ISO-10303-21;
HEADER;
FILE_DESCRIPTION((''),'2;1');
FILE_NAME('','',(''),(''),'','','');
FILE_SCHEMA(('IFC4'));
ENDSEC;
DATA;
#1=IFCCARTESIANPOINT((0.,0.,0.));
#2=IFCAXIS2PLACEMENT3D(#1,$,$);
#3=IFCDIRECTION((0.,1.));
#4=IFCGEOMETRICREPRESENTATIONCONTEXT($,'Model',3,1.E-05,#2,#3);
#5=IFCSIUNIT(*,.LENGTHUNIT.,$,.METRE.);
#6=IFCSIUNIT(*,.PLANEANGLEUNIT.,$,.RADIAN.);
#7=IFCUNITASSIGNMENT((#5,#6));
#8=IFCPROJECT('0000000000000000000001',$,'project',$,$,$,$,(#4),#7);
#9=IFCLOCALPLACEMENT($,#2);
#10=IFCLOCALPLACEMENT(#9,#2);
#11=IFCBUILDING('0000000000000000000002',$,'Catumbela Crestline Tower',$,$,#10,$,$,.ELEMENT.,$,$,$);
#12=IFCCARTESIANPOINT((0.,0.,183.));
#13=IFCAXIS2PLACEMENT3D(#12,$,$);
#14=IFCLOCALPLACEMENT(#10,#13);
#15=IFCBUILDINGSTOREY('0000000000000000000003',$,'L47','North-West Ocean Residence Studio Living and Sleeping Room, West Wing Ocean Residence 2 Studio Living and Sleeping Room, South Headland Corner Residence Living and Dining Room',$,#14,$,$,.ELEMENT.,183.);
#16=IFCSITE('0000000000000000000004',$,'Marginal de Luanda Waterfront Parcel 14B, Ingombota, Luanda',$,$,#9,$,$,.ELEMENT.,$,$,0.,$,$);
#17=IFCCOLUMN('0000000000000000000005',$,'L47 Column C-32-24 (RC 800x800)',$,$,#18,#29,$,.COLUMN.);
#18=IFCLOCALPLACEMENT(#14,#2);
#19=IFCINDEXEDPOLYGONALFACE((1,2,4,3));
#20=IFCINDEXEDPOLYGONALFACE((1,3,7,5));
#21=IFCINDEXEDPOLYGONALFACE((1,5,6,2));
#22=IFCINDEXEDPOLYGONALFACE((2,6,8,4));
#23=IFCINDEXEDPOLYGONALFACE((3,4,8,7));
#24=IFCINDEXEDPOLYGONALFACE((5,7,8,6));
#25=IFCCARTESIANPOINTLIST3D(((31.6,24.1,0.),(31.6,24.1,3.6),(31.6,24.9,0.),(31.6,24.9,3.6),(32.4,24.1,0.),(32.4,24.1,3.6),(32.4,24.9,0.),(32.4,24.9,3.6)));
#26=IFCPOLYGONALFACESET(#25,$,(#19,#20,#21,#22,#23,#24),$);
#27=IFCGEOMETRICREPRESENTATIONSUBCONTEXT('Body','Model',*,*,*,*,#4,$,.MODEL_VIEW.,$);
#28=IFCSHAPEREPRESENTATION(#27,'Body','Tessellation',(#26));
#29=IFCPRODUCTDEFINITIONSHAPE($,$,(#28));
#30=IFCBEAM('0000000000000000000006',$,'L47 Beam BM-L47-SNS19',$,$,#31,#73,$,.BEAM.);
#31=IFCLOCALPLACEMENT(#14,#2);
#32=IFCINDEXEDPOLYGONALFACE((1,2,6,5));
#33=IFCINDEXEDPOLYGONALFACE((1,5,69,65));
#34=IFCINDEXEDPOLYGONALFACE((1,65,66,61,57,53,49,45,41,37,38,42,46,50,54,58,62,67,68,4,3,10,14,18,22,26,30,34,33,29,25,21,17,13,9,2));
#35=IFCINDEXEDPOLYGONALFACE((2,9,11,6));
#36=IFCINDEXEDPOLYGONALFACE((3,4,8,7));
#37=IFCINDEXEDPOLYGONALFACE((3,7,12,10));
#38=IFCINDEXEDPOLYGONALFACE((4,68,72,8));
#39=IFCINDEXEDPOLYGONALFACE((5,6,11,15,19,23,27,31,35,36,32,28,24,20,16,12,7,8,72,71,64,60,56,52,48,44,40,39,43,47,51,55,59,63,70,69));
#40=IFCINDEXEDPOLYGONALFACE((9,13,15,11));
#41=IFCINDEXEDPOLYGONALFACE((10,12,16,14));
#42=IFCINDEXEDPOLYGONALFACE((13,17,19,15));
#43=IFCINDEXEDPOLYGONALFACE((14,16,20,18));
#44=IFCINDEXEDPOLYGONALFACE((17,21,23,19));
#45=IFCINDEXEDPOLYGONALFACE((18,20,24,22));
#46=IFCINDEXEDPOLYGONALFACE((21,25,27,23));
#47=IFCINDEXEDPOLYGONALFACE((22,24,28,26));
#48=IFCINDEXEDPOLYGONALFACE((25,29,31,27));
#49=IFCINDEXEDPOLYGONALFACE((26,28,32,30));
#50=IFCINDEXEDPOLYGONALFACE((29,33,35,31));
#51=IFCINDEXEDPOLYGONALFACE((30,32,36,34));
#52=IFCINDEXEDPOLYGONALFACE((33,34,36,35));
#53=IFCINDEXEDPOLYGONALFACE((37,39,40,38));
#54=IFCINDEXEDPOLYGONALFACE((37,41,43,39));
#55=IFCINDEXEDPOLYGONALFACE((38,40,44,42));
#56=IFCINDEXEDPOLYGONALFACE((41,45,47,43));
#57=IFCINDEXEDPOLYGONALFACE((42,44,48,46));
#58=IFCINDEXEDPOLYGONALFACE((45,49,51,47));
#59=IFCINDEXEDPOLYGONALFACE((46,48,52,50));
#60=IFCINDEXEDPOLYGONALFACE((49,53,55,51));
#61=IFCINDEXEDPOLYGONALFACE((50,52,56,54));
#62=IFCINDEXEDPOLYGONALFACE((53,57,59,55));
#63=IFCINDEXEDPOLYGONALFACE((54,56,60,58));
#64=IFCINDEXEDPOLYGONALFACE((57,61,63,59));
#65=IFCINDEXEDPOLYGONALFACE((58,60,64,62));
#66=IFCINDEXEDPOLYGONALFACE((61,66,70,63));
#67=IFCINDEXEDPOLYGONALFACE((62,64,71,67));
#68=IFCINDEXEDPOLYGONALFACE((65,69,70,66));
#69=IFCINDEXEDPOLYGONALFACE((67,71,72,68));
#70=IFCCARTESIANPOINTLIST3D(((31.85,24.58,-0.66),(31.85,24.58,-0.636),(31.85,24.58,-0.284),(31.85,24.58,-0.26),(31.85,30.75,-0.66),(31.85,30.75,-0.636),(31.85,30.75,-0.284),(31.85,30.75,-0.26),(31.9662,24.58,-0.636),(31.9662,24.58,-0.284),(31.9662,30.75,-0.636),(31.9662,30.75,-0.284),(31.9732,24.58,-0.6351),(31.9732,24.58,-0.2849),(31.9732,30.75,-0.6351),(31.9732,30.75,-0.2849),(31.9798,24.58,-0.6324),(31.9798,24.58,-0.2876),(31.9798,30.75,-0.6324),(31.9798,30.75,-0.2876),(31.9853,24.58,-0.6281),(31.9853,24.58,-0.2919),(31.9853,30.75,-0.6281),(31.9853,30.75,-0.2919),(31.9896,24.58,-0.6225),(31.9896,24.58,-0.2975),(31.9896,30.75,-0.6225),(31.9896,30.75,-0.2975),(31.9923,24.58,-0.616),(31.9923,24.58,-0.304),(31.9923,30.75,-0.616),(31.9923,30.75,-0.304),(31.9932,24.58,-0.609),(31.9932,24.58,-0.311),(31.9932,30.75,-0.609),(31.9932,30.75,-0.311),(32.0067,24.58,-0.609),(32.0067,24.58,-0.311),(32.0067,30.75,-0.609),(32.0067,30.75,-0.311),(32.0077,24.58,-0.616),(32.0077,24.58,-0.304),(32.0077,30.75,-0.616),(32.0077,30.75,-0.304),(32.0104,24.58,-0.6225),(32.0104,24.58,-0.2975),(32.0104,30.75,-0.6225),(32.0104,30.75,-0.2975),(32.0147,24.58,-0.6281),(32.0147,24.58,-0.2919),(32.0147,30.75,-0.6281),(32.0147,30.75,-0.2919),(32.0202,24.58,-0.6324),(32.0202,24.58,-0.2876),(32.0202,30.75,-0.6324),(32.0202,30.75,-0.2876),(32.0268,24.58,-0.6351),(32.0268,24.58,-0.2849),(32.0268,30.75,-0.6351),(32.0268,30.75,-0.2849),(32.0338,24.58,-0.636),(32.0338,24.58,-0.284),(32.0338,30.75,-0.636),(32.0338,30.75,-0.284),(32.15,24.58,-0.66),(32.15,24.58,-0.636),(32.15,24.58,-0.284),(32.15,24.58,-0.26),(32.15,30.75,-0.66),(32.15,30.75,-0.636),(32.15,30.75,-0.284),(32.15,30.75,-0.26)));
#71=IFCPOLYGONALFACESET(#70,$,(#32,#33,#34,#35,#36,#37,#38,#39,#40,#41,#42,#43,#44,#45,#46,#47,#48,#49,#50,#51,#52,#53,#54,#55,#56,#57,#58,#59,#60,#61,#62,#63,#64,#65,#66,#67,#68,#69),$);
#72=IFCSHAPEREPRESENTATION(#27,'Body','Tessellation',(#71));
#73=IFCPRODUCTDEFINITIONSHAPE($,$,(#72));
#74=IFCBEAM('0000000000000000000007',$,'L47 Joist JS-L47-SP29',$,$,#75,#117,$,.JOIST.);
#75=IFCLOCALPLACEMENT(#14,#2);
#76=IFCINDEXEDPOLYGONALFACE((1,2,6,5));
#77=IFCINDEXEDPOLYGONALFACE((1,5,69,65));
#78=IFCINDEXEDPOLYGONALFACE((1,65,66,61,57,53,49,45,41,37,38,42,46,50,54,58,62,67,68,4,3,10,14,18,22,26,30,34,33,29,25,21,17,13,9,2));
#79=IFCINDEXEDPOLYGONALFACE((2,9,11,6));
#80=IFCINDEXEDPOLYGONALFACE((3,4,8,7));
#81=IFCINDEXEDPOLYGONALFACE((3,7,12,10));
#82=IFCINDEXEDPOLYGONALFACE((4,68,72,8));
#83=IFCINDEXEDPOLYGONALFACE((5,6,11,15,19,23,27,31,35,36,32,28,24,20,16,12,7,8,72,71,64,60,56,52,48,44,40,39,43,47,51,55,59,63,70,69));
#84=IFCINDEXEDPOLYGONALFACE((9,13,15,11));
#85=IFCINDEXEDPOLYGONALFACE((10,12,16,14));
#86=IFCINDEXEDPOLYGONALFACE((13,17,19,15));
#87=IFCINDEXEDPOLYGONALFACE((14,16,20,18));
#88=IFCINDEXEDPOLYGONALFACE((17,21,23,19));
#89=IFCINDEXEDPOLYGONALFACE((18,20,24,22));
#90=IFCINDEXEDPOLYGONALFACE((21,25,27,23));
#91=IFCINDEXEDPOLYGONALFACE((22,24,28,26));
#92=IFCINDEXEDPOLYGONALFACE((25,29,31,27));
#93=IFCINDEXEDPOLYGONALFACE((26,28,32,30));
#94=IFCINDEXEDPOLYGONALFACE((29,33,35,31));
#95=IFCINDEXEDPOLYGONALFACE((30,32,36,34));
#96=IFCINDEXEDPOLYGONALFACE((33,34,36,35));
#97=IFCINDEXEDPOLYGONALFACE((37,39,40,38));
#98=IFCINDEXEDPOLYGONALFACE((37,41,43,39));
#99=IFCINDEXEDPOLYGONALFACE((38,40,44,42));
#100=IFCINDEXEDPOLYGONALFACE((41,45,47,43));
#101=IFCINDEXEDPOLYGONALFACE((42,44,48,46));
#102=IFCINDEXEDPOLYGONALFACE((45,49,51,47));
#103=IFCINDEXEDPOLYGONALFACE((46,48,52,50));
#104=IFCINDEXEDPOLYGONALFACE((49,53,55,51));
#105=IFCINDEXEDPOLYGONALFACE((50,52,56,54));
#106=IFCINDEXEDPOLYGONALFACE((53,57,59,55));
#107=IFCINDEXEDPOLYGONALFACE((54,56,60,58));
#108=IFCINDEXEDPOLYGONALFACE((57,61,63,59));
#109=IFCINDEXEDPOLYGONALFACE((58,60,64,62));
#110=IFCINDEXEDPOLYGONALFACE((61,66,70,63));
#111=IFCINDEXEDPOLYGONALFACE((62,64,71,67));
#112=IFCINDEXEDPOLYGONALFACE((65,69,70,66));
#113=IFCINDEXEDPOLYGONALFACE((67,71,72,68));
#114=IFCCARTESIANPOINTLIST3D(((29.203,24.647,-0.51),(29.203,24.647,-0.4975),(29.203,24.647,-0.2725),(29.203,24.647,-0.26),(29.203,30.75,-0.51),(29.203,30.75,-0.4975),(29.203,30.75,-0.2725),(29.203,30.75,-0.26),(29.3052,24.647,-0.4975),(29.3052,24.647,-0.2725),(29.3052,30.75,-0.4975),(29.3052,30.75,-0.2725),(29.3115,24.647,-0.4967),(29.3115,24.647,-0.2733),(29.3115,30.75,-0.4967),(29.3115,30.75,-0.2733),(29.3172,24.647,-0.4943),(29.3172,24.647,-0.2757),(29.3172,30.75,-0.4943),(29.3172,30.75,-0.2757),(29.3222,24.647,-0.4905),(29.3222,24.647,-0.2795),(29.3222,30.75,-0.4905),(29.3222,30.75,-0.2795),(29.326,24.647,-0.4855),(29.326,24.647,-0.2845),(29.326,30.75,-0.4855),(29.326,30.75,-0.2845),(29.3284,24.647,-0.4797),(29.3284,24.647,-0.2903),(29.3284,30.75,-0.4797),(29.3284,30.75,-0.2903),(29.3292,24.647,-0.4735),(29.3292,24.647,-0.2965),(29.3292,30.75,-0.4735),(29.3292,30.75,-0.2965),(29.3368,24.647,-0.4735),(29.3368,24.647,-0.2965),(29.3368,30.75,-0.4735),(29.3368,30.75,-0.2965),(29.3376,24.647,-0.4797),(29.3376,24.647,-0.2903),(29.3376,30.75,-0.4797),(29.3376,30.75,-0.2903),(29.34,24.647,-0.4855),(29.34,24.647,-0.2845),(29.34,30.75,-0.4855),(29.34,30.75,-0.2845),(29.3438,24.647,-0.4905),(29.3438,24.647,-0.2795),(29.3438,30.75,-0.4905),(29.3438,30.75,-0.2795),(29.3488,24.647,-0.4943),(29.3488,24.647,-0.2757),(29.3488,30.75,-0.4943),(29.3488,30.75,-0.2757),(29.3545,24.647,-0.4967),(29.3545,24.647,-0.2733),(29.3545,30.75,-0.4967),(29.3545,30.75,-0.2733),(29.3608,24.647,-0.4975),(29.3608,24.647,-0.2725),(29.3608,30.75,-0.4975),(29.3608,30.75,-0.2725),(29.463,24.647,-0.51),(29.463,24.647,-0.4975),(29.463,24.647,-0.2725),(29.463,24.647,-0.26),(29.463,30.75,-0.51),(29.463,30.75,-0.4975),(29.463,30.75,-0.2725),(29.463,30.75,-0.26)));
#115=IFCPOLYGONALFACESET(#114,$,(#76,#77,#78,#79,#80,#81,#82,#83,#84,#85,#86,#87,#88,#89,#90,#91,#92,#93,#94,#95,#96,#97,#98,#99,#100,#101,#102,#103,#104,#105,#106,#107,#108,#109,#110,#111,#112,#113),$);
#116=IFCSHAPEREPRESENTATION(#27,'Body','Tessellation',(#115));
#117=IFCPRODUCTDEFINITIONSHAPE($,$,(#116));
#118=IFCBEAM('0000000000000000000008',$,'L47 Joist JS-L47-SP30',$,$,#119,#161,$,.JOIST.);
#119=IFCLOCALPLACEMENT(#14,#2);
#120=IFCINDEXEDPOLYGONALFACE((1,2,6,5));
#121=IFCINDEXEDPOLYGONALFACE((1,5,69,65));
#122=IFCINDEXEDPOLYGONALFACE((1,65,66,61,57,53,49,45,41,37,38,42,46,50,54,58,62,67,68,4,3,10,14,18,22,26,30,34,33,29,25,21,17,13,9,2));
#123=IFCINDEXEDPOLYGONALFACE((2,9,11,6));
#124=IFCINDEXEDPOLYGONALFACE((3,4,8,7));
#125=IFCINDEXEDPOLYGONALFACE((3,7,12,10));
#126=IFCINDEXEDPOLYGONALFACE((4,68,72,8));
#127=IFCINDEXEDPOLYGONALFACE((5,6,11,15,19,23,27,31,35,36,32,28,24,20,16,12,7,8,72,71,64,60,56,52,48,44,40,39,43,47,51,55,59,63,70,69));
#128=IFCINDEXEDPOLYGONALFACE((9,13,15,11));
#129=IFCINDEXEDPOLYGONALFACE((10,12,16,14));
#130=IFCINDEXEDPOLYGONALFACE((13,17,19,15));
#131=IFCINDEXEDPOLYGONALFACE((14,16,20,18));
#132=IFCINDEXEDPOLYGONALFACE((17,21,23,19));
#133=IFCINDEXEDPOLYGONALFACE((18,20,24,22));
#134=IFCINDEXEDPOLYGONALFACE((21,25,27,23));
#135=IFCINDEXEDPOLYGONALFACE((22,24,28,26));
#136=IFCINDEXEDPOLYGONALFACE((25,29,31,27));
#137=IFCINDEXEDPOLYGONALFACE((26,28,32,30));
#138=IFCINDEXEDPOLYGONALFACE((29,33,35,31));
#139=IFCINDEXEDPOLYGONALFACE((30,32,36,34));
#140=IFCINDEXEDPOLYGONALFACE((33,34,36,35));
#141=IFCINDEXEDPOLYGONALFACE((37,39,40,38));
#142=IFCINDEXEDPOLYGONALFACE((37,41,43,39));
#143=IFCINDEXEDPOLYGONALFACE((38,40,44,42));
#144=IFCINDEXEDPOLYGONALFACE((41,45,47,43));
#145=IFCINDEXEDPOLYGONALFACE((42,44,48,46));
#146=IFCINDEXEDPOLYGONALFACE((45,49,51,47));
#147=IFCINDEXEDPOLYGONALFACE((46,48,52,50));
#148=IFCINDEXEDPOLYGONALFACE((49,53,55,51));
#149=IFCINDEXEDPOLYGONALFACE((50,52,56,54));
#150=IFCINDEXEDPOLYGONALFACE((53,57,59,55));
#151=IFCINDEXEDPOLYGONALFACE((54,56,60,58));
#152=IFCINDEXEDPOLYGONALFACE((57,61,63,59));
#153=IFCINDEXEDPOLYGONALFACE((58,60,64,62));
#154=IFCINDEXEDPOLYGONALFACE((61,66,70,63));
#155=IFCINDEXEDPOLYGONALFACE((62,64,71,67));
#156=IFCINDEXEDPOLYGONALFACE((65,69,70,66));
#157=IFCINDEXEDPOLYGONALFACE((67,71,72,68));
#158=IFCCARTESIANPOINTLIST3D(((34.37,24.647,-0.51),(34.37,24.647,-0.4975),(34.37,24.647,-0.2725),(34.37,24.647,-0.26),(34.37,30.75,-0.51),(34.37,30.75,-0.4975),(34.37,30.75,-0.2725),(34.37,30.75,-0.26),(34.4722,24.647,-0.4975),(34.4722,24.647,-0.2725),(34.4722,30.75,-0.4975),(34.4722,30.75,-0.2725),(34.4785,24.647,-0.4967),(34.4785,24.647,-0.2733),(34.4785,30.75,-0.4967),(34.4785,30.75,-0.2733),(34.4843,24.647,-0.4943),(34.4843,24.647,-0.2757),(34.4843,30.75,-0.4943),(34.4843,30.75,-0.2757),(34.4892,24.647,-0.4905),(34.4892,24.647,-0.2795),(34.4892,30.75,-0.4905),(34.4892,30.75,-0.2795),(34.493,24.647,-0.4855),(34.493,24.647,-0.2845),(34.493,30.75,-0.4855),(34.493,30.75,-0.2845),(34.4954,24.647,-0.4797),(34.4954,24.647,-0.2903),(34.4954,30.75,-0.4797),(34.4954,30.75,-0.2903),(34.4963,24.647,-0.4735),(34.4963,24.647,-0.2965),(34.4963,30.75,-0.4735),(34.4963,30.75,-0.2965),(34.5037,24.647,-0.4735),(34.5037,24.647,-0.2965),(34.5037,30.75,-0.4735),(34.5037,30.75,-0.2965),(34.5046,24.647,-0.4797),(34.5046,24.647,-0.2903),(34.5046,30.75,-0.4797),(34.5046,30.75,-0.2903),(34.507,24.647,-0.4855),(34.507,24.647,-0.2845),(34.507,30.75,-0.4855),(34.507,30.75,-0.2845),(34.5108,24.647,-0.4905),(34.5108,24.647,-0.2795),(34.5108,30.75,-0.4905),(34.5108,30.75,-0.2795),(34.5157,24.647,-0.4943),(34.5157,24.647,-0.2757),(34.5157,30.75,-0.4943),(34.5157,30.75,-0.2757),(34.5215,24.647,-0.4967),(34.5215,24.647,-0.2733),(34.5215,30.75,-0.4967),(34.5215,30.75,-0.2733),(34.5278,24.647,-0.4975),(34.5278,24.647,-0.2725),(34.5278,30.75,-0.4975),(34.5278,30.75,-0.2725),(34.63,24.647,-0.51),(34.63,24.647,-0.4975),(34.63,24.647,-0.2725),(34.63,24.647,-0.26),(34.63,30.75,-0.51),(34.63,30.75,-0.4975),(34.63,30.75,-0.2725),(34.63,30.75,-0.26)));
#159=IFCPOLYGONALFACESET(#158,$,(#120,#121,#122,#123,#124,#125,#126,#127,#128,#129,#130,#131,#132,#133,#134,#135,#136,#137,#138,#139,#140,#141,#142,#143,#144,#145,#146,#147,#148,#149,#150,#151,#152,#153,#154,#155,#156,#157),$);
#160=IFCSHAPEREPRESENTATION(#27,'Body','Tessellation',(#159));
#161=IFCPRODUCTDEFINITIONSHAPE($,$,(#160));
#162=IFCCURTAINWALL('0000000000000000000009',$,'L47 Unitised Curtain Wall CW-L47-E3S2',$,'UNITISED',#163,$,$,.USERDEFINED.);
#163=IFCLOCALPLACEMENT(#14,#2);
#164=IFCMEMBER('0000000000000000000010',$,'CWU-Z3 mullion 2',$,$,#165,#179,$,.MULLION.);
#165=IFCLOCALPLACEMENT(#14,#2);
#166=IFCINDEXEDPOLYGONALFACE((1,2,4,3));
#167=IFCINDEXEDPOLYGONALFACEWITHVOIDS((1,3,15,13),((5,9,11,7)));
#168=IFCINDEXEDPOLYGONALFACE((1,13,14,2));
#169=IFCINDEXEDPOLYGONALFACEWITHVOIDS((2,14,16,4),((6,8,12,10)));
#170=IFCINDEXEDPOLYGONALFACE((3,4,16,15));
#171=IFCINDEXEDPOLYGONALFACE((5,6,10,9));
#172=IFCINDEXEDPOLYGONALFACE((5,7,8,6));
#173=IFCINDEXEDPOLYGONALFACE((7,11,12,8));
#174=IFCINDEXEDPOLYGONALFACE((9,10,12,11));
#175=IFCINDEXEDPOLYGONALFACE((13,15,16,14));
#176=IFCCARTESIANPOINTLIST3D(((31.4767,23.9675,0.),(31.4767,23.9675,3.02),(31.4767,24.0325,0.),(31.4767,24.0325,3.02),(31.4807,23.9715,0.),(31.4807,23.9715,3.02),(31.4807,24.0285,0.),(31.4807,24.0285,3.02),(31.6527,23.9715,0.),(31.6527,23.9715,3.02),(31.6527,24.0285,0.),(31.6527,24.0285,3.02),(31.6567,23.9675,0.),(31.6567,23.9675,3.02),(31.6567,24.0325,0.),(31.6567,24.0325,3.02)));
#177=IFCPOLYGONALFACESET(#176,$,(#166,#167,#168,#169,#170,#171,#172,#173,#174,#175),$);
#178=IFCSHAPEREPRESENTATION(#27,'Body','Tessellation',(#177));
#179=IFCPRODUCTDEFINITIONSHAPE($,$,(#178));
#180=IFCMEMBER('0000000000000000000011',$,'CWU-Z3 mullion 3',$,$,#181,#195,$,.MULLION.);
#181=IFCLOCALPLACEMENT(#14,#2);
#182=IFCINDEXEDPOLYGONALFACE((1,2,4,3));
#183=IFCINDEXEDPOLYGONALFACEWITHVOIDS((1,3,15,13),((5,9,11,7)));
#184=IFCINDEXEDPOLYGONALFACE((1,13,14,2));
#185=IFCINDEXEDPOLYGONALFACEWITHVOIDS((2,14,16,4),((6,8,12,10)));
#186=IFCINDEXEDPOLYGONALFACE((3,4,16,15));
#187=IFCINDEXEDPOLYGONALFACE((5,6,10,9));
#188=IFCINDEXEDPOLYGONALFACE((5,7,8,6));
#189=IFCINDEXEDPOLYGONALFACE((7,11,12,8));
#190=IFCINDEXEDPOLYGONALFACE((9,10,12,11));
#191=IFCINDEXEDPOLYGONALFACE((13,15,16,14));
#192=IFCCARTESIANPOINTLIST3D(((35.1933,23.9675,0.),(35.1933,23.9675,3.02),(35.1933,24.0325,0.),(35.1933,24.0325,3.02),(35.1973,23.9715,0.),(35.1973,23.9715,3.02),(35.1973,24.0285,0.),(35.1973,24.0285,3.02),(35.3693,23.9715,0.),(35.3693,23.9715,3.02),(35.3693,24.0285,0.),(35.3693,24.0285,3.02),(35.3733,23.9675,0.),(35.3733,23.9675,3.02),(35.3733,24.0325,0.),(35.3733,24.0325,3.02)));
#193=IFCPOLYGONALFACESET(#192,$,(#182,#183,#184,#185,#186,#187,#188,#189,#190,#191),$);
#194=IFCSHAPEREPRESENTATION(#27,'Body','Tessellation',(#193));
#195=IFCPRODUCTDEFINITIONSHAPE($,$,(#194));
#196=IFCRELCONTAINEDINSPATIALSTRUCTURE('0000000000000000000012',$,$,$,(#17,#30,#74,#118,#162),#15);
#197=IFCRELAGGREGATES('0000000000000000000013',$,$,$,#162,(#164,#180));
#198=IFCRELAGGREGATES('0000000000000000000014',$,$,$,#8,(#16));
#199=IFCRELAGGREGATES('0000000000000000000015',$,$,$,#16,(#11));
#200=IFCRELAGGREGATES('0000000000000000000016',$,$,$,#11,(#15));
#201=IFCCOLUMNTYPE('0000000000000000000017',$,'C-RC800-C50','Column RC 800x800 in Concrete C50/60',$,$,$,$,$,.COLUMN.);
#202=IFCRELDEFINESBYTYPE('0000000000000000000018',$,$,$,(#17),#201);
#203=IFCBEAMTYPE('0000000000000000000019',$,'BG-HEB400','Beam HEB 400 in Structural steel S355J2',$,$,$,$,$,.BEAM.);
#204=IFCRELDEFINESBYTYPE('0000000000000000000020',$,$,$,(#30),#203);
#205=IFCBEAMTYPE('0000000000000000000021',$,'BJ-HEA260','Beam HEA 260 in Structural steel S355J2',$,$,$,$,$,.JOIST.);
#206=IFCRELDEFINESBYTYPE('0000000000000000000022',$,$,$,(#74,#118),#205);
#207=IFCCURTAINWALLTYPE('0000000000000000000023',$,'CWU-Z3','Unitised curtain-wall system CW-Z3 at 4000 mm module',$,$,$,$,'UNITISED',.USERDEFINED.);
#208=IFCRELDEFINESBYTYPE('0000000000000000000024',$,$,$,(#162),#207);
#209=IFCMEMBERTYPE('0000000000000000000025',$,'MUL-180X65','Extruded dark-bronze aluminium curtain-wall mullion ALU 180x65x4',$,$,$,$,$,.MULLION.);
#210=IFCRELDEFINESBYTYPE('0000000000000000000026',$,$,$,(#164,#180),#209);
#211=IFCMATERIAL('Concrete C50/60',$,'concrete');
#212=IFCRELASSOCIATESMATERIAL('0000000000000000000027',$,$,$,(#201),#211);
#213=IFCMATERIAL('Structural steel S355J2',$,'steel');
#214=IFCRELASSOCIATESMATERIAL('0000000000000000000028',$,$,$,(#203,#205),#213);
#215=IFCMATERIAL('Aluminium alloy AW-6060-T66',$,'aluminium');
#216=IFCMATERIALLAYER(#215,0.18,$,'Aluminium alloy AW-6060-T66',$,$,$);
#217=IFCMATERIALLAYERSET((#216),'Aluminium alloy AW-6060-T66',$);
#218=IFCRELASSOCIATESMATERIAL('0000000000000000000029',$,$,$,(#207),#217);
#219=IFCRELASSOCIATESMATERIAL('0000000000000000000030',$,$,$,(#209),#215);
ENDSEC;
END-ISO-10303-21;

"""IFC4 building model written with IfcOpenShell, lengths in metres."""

from ifc_helpers import new_model, si_unit, direction, frame, origin, origin_2d, place, context, subcontext, project, spatial, rectangle, hollow_rectangle, i_section, extrude, material, layer, layer_set, material_profile, profile_set, type_object, element, aggregate, save


model = new_model("IFC4")

# Units and contexts
model_context = context("Model", 3, precision=1e-05, world=origin(), true_north=direction((0.0, 1.0)))
body_context = subcontext(model_context, "Body", "Model", "MODEL_VIEW")
ifc_project = project(units=[si_unit("LENGTHUNIT", "METRE"), si_unit("PLANEANGLEUNIT", "RADIAN")], contexts=[model_context])

# Site, building, storey
site_placement = place(None, origin())
site = spatial("IfcSite", under=ifc_project, at=site_placement, Name="Marginal de Luanda Waterfront Parcel 14B, Ingombota, Luanda", CompositionType="ELEMENT", RefElevation=0.0)
building_placement = place(site_placement, origin())
building = spatial("IfcBuilding", under=site, at=building_placement, Name="Catumbela Crestline Tower", CompositionType="ELEMENT")
storey_placement = place(building_placement, frame((0.0, 0.0, 183.0)))
storey = spatial("IfcBuildingStorey", under=building, at=storey_placement, Name="L47", Description="North-West Ocean Residence Studio Living and Sleeping Room, West Wing Ocean Residence 2 Studio Living and Sleeping Room, South Headland Corner Residence Living and Dining Room", CompositionType="ELEMENT", Elevation=183.0)

# Column
ifc_material_1 = material(Name="Concrete C50/60", Category="concrete")
ifc_material_profile_1 = material_profile(ifc_material_1, rectangle(XDim=0.8, YDim=0.8, at=origin_2d()), Name="RC 800x800")
ifc_profile_set_1 = profile_set([ifc_material_profile_1], Name="Concrete C50/60")
column_type = type_object("IfcColumnType", Name="C-RC800-C50", Description="Column RC 800x800 in Concrete C50/60", PredefinedType="COLUMN", material=ifc_profile_set_1)
column_placement = place(storey_placement, frame((32.0, 24.5, 0.0), z_axis=(0.0, 0.0, 1.0), x_axis=(1.0, 0.0, 0.0)))
element("IfcColumn", 1, at=column_placement, inside=storey, type_object=column_type, Name="L47 Column C-32-24 (RC 800x800)", PredefinedType="COLUMN", context=body_context, shape_type="SweptSolid", body=[
    extrude(rectangle(XDim=0.8, YDim=0.8, at=origin_2d()), origin(), (0.0, 0.0, 1.0), 3.6),
])

# Beams
ifc_material_2 = material(Name="Structural steel S355J2", Category="steel")
ifc_material_profile_2 = material_profile(ifc_material_2, i_section(OverallWidth=0.3, OverallDepth=0.4, WebThickness=0.0135, FlangeThickness=0.024, FilletRadius=0.027, at=origin_2d()), Name="HEB 400")
ifc_profile_set_2 = profile_set([ifc_material_profile_2], Name="Structural steel S355J2")
beam_type_1 = type_object("IfcBeamType", Name="BG-HEB400", Description="Beam HEB 400 in Structural steel S355J2", PredefinedType="BEAM", material=ifc_profile_set_2)
beam_1_placement = place(storey_placement, frame((32.0, 24.58, -0.46), z_axis=(0.0, 1.0, 0.0), x_axis=(-1.0, 0.0, 0.0)))
element("IfcBeam", 2, at=beam_1_placement, inside=storey, type_object=beam_type_1, Name="L47 Beam BM-L47-SNS19", PredefinedType="BEAM", context=body_context, shape_type="SweptSolid", body=[
    extrude(i_section(OverallWidth=0.3, OverallDepth=0.4, WebThickness=0.0135, FlangeThickness=0.024, FilletRadius=0.027, at=origin_2d()), origin(), (0.0, 0.0, 1.0), 6.17),
])
ifc_material_profile_3 = material_profile(ifc_material_2, i_section(OverallWidth=0.26, OverallDepth=0.25, WebThickness=0.0075, FlangeThickness=0.0125, FilletRadius=0.024, at=origin_2d()), Name="HEA 260")
ifc_profile_set_3 = profile_set([ifc_material_profile_3], Name="Structural steel S355J2")
beam_type_2 = type_object("IfcBeamType", Name="BJ-HEA260", Description="Beam HEA 260 in Structural steel S355J2", PredefinedType="JOIST", material=ifc_profile_set_3)
for number, where, z_axis, x_axis, name in (
    (3, (29.333, 24.647, -0.385), (0.0, 1.0, 0.0), (-1.0, 0.0, 0.0), "L47 Joist JS-L47-SP29"),
    (4, (34.5, 24.647, -0.385), (0.0, 1.0, 0.0), (-1.0, 0.0, 0.0), "L47 Joist JS-L47-SP30"),
):
    element("IfcBeam", number, at=place(storey_placement, frame(where, z_axis=z_axis, x_axis=x_axis)), inside=storey, type_object=beam_type_2, Name=name, PredefinedType="JOIST", context=body_context, shape_type="SweptSolid", body=[
        extrude(i_section(OverallWidth=0.26, OverallDepth=0.25, WebThickness=0.0075, FlangeThickness=0.0125, FilletRadius=0.024, at=origin_2d()), origin(), (0.0, 0.0, 1.0), 6.103),
    ])

# Curtain wall, members
ifc_material_3 = material(Name="Aluminium alloy AW-6060-T66", Category="aluminium")
ifc_layer_1 = layer(ifc_material_3, 0.18, Name="Aluminium alloy AW-6060-T66")
ifc_layer_set_1 = layer_set([ifc_layer_1], Name="Aluminium alloy AW-6060-T66")
curtain_wall_type = type_object("IfcCurtainWallType", Name="CWU-Z3", Description="Unitised curtain-wall system CW-Z3 at 4000 mm module", ElementType="UNITISED", PredefinedType="USERDEFINED", material=ifc_layer_set_1)
curtain_wall_placement = place(storey_placement, origin())
curtain_wall = element("IfcCurtainWall", 5, at=curtain_wall_placement, inside=storey, type_object=curtain_wall_type, Name="L47 Unitised Curtain Wall CW-L47-E3S2", ObjectType="UNITISED", PredefinedType="USERDEFINED")
ifc_material_profile_4 = material_profile(ifc_material_3, hollow_rectangle(XDim=0.065, YDim=0.18, WallThickness=0.004, at=origin_2d()), Name="ALU 180x65x4")
ifc_profile_set_4 = profile_set([ifc_material_profile_4], Name="Aluminium alloy AW-6060-T66")
member_type_1 = type_object("IfcMemberType", Name="MUL-180X65", Description="Extruded dark-bronze aluminium curtain-wall mullion ALU 180x65x4", PredefinedType="MULLION", material=ifc_profile_set_4)
member_1_placement = place(storey_placement, frame((31.5667, 24.0, 0.0), z_axis=(0.0, 0.0, 1.0), x_axis=(0.0, 1.0, 0.0)))
member_1 = element("IfcMember", 6, at=member_1_placement, type_object=member_type_1, Name="CWU-Z3 mullion 2", PredefinedType="MULLION", context=body_context, shape_type="SweptSolid", body=[
    extrude(hollow_rectangle(XDim=0.065, YDim=0.18, WallThickness=0.004, at=origin_2d()), origin(), (0.0, 0.0, 1.0), 3.02),
])
member_2_placement = place(storey_placement, frame((35.2833, 24.0, 0.0), z_axis=(0.0, 0.0, 1.0), x_axis=(0.0, 1.0, 0.0)))
member_2 = element("IfcMember", 7, at=member_2_placement, type_object=member_type_1, Name="CWU-Z3 mullion 3", PredefinedType="MULLION", context=body_context, shape_type="SweptSolid", body=[
    extrude(hollow_rectangle(XDim=0.065, YDim=0.18, WallThickness=0.004, at=origin_2d()), origin(), (0.0, 0.0, 1.0), 3.02),
])

aggregate(curtain_wall, [member_1, member_2])

save(model, "model.ifc")
